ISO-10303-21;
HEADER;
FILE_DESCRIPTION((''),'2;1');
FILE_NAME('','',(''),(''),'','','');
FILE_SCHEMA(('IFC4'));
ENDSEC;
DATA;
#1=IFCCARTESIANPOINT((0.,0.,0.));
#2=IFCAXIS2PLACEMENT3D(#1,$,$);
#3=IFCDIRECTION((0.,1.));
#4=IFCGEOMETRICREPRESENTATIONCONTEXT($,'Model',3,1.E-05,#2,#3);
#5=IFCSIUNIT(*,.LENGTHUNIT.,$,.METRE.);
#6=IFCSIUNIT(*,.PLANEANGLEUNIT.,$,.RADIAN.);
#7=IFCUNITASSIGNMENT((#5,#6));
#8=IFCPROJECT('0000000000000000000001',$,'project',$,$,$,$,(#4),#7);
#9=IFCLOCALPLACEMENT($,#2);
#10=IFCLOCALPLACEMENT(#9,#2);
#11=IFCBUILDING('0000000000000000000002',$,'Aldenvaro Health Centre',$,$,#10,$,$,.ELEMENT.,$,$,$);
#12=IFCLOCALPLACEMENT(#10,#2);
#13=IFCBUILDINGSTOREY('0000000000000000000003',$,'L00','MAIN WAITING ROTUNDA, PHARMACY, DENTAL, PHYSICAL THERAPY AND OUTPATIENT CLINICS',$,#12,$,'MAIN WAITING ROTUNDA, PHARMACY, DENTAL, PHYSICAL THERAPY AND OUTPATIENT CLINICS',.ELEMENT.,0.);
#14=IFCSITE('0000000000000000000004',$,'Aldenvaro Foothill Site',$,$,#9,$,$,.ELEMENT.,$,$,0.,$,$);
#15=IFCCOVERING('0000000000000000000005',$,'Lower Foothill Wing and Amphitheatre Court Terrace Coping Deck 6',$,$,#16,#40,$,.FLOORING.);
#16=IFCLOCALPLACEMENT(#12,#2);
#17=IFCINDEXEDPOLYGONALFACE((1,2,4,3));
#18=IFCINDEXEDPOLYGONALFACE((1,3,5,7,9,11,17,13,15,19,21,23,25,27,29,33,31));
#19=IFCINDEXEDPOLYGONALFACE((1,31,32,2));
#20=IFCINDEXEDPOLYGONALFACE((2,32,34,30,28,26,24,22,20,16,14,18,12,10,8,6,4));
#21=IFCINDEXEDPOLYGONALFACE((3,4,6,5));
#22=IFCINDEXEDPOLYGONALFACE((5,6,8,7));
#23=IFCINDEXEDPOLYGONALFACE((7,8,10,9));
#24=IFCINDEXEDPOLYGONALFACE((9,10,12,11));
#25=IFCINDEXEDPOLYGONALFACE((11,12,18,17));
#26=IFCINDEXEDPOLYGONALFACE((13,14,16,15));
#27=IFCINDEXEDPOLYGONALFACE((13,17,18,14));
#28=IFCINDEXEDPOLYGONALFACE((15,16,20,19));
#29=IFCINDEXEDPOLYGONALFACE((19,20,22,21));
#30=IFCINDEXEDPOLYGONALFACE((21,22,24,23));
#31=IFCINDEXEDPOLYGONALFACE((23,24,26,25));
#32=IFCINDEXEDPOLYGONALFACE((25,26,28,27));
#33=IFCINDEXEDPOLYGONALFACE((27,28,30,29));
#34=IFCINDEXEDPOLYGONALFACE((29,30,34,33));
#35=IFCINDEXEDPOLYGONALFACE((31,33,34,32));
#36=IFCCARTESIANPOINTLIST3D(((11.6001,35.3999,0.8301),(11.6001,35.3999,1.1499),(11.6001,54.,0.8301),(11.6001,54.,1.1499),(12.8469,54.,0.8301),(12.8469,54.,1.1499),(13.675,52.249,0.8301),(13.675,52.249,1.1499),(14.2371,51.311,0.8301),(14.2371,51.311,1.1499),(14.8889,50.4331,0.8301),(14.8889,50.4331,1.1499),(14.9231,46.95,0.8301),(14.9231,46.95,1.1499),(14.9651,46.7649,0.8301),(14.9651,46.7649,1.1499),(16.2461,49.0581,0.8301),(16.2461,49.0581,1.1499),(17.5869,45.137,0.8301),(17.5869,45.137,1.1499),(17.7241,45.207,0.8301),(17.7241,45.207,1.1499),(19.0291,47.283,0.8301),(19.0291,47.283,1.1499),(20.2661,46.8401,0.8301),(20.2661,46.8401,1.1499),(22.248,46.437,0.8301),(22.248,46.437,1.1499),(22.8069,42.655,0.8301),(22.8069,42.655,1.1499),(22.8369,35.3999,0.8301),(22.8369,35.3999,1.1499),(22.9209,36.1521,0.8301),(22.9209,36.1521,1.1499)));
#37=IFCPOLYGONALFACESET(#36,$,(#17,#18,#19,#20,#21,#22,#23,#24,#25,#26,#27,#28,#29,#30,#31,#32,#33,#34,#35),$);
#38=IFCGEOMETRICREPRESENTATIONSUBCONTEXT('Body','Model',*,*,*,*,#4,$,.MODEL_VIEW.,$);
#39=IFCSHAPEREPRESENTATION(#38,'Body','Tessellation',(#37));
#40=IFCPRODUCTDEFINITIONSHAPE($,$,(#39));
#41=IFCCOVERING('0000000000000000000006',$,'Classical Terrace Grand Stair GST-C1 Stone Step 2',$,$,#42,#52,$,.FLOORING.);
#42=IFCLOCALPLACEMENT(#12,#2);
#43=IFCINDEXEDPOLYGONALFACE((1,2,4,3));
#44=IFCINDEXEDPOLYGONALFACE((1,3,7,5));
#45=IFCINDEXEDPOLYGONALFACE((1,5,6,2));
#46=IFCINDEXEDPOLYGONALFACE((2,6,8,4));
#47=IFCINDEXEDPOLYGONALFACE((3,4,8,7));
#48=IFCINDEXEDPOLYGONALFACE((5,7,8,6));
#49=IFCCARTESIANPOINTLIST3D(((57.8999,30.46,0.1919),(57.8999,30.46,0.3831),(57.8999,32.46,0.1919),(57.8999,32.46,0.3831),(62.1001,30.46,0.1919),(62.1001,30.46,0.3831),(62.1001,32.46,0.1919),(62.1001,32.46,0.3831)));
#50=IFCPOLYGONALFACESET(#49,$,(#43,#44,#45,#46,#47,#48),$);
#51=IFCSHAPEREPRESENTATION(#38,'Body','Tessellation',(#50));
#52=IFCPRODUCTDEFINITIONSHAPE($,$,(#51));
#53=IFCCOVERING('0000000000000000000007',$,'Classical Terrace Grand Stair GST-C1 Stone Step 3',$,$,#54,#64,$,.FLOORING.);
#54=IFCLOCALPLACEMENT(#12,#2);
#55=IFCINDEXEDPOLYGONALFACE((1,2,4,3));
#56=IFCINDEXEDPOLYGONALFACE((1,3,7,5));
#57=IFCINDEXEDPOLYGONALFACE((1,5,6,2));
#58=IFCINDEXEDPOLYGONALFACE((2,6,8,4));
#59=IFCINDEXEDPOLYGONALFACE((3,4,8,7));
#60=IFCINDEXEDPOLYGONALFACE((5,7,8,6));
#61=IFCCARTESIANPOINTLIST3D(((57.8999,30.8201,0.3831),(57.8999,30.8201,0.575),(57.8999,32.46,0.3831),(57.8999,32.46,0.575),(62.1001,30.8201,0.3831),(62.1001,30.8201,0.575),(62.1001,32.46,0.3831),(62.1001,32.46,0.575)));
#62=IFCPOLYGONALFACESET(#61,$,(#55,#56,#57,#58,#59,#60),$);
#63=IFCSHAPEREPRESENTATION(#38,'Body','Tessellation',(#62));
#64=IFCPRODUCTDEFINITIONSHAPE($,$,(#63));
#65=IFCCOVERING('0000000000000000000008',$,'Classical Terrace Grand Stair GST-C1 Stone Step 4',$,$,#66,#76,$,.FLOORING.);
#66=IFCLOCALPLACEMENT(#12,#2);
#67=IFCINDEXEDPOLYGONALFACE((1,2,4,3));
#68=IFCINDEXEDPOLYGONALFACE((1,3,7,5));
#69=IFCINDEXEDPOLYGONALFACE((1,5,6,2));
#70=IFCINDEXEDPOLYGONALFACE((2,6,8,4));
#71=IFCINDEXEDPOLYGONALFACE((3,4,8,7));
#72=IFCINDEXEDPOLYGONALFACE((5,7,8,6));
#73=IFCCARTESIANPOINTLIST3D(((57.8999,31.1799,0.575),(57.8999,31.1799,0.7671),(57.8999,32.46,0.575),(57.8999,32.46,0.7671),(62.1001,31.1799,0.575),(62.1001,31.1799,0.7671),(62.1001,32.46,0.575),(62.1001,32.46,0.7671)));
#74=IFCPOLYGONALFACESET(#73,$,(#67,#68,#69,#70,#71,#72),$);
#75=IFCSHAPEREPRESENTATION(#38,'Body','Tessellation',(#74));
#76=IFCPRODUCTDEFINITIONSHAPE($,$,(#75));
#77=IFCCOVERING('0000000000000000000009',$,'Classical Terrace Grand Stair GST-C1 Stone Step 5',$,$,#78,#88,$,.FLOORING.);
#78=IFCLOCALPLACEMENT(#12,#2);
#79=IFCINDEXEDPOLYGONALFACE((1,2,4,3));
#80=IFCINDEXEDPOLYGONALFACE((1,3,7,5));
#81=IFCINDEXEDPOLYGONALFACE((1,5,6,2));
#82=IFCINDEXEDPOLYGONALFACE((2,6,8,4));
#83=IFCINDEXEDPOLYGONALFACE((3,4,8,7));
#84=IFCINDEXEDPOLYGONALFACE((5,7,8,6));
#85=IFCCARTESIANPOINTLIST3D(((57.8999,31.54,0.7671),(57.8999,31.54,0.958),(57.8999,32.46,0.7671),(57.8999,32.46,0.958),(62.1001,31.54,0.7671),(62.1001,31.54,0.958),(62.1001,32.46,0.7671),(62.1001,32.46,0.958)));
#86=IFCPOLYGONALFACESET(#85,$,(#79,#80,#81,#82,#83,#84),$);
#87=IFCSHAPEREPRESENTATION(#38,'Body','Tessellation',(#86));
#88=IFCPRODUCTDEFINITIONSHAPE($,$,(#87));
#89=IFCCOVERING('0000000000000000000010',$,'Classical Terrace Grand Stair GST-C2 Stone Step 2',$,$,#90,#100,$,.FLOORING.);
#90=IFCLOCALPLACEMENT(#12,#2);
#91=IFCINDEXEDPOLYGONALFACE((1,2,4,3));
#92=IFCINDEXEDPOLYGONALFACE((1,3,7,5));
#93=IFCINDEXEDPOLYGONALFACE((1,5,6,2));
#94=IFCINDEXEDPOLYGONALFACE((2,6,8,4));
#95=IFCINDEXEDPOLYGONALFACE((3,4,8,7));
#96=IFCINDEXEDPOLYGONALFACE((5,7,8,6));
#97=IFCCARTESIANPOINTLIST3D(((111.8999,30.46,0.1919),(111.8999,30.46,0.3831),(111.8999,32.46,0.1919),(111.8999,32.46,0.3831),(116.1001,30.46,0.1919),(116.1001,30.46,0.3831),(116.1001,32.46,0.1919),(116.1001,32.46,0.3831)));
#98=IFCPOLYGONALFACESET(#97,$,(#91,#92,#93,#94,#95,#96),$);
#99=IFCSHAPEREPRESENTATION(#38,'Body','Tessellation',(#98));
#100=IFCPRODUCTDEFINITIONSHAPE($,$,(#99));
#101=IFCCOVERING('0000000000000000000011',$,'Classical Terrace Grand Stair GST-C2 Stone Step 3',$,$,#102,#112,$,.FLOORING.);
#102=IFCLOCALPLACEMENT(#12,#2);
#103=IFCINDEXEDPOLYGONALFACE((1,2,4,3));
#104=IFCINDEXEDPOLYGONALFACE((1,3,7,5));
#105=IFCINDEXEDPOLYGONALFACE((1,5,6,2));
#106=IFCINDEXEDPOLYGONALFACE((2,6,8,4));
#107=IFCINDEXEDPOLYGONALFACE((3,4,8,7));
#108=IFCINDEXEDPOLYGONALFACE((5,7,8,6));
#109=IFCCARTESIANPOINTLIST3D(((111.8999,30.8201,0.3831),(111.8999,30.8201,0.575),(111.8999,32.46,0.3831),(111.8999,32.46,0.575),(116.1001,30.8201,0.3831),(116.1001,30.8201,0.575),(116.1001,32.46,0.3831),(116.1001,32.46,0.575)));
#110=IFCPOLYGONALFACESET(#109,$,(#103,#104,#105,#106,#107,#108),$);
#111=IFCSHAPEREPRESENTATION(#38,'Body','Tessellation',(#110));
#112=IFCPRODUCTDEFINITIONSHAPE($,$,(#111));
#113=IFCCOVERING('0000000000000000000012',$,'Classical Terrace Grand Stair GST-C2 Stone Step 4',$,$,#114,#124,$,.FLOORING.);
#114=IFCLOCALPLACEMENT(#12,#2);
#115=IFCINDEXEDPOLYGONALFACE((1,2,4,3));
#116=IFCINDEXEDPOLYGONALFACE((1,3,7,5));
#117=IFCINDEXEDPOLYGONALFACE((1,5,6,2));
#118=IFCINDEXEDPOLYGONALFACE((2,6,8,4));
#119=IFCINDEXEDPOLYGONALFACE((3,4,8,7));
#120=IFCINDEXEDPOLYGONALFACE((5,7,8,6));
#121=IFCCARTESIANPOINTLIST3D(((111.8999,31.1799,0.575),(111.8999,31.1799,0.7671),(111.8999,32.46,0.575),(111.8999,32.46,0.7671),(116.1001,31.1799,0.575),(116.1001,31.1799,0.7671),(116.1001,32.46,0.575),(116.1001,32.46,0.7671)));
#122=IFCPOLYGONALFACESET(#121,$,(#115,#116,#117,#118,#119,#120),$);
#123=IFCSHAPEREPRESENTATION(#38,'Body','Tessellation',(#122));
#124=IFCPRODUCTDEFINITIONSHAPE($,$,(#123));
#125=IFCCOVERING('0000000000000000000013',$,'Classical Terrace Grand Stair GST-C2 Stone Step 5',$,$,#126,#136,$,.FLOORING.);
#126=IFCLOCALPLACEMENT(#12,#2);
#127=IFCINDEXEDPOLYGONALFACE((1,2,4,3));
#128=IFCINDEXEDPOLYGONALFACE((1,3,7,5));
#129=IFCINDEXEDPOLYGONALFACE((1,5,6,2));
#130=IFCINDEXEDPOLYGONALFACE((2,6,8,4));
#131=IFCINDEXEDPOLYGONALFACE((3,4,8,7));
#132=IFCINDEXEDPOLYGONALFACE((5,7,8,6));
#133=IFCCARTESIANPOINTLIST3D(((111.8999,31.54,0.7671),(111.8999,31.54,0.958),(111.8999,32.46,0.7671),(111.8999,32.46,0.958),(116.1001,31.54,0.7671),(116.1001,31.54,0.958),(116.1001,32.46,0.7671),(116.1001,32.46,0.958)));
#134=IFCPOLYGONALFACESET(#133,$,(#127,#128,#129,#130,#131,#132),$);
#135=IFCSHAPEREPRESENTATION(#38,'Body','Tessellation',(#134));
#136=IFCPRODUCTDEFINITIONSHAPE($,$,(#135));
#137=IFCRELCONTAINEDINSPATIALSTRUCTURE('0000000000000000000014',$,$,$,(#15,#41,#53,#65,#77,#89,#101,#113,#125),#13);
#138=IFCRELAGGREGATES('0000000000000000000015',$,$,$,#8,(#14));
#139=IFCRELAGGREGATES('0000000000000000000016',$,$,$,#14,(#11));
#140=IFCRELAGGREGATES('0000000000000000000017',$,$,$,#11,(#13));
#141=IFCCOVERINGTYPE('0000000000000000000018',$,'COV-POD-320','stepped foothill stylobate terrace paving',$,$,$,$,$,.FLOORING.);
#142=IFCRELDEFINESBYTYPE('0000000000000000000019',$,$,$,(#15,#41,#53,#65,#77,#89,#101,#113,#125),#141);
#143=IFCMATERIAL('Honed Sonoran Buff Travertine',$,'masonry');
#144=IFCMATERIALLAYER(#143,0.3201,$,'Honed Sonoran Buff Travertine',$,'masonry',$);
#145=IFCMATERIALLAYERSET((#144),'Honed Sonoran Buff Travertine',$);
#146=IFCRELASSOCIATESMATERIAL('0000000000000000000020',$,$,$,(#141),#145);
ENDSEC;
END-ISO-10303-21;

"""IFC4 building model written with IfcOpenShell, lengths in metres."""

from ifc_helpers import new_model, si_unit, direction, frame, origin, place, context, subcontext, project, spatial, polyline, outline, extrude, material, layer, layer_set, type_object, element, save


model = new_model("IFC4")

# Units and contexts
model_context = context("Model", 3, precision=1e-05, world=origin(), true_north=direction((0.0, 1.0)))
body_context = subcontext(model_context, "Body", "Model", "MODEL_VIEW")
ifc_project = project(units=[si_unit("LENGTHUNIT", "METRE"), si_unit("PLANEANGLEUNIT", "RADIAN")], contexts=[model_context])

# Site, building, storey
site_placement = place(None, origin())
site = spatial("IfcSite", under=ifc_project, at=site_placement, Name="Aldenvaro Foothill Site", CompositionType="ELEMENT", RefElevation=0.0)
building_placement = place(site_placement, origin())
building = spatial("IfcBuilding", under=site, at=building_placement, Name="Aldenvaro Health Centre", CompositionType="ELEMENT")
storey_placement = place(building_placement, origin())
storey = spatial("IfcBuildingStorey", under=building, at=storey_placement, Name="L00", Description="MAIN WAITING ROTUNDA, PHARMACY, DENTAL, PHYSICAL THERAPY AND OUTPATIENT CLINICS", LongName="MAIN WAITING ROTUNDA, PHARMACY, DENTAL, PHYSICAL THERAPY AND OUTPATIENT CLINICS", CompositionType="ELEMENT", Elevation=0.0)

# Coverings
ifc_material_1 = material(Name="Honed Sonoran Buff Travertine", Category="masonry")
ifc_layer_1 = layer(ifc_material_1, 0.3201, Name="Honed Sonoran Buff Travertine", Category="masonry")
ifc_layer_set_1 = layer_set([ifc_layer_1], Name="Honed Sonoran Buff Travertine")
covering_type_1 = type_object("IfcCoveringType", Name="COV-POD-320", Description="stepped foothill stylobate terrace paving", PredefinedType="FLOORING", material=ifc_layer_set_1)
covering_1_placement = place(storey_placement, frame((0.0, 0.0, 0.8301)))
element("IfcCovering", 1, at=covering_1_placement, inside=storey, type_object=covering_type_1, Name="Lower Foothill Wing and Amphitheatre Court Terrace Coping Deck 6", PredefinedType="FLOORING", context=body_context, shape_type="SweptSolid", body=[
    extrude(outline(polyline([(12.8469, 54.0), (13.675, 52.249), (14.2371, 51.311), (14.8889, 50.4331), (16.2461, 49.0581), (14.9231, 46.95), (14.9651, 46.7649), (17.5869, 45.137), (17.7241, 45.207), (19.0291, 47.283), (20.2661, 46.8401), (22.248, 46.437), (22.8069, 42.655), (22.9209, 36.1521), (22.8369, 35.3999), (11.6001, 35.3999), (11.6001, 54.0), (12.8469, 54.0)])), origin(), (0.0, 0.0, 1.0), 0.3198),
])
covering_2_placement = place(storey_placement, frame((0.0, 0.0, 0.1919)))
element("IfcCovering", 2, at=covering_2_placement, inside=storey, type_object=covering_type_1, Name="Classical Terrace Grand Stair GST-C1 Stone Step 2", PredefinedType="FLOORING", context=body_context, shape_type="SweptSolid", body=[
    extrude(outline(polyline([(57.8999, 30.46), (62.1001, 30.46), (62.1001, 32.46), (57.8999, 32.46), (57.8999, 30.46)])), origin(), (0.0, 0.0, 1.0), 0.1912),
])
covering_3_placement = place(storey_placement, frame((0.0, 0.0, 0.3831)))
element("IfcCovering", 3, at=covering_3_placement, inside=storey, type_object=covering_type_1, Name="Classical Terrace Grand Stair GST-C1 Stone Step 3", PredefinedType="FLOORING", context=body_context, shape_type="SweptSolid", body=[
    extrude(outline(polyline([(57.8999, 30.8201), (62.1001, 30.8201), (62.1001, 32.46), (57.8999, 32.46), (57.8999, 30.8201)])), origin(), (0.0, 0.0, 1.0), 0.1919),
])
covering_4_placement = place(storey_placement, frame((0.0, 0.0, 0.575)))
element("IfcCovering", 4, at=covering_4_placement, inside=storey, type_object=covering_type_1, Name="Classical Terrace Grand Stair GST-C1 Stone Step 4", PredefinedType="FLOORING", context=body_context, shape_type="SweptSolid", body=[
    extrude(outline(polyline([(57.8999, 31.1799), (62.1001, 31.1799), (62.1001, 32.46), (57.8999, 32.46), (57.8999, 31.1799)])), origin(), (0.0, 0.0, 1.0), 0.1921),
])
covering_5_placement = place(storey_placement, frame((0.0, 0.0, 0.7671)))
element("IfcCovering", 5, at=covering_5_placement, inside=storey, type_object=covering_type_1, Name="Classical Terrace Grand Stair GST-C1 Stone Step 5", PredefinedType="FLOORING", context=body_context, shape_type="SweptSolid", body=[
    extrude(outline(polyline([(57.8999, 31.54), (62.1001, 31.54), (62.1001, 32.46), (57.8999, 32.46), (57.8999, 31.54)])), origin(), (0.0, 0.0, 1.0), 0.1909),
])
covering_6_placement = place(storey_placement, frame((0.0, 0.0, 0.1919)))
element("IfcCovering", 6, at=covering_6_placement, inside=storey, type_object=covering_type_1, Name="Classical Terrace Grand Stair GST-C2 Stone Step 2", PredefinedType="FLOORING", context=body_context, shape_type="SweptSolid", body=[
    extrude(outline(polyline([(111.8999, 30.46), (116.1001, 30.46), (116.1001, 32.46), (111.8999, 32.46), (111.8999, 30.46)])), origin(), (0.0, 0.0, 1.0), 0.1912),
])
covering_7_placement = place(storey_placement, frame((0.0, 0.0, 0.3831)))
element("IfcCovering", 7, at=covering_7_placement, inside=storey, type_object=covering_type_1, Name="Classical Terrace Grand Stair GST-C2 Stone Step 3", PredefinedType="FLOORING", context=body_context, shape_type="SweptSolid", body=[
    extrude(outline(polyline([(111.8999, 30.8201), (116.1001, 30.8201), (116.1001, 32.46), (111.8999, 32.46), (111.8999, 30.8201)])), origin(), (0.0, 0.0, 1.0), 0.1919),
])
covering_8_placement = place(storey_placement, frame((0.0, 0.0, 0.575)))
element("IfcCovering", 8, at=covering_8_placement, inside=storey, type_object=covering_type_1, Name="Classical Terrace Grand Stair GST-C2 Stone Step 4", PredefinedType="FLOORING", context=body_context, shape_type="SweptSolid", body=[
    extrude(outline(polyline([(111.8999, 31.1799), (116.1001, 31.1799), (116.1001, 32.46), (111.8999, 32.46), (111.8999, 31.1799)])), origin(), (0.0, 0.0, 1.0), 0.1921),
])
covering_9_placement = place(storey_placement, frame((0.0, 0.0, 0.7671)))
element("IfcCovering", 9, at=covering_9_placement, inside=storey, type_object=covering_type_1, Name="Classical Terrace Grand Stair GST-C2 Stone Step 5", PredefinedType="FLOORING", context=body_context, shape_type="SweptSolid", body=[
    extrude(outline(polyline([(111.8999, 31.54), (116.1001, 31.54), (116.1001, 32.46), (111.8999, 32.46), (111.8999, 31.54)])), origin(), (0.0, 0.0, 1.0), 0.1909),
])

save(model, "model.ifc")
